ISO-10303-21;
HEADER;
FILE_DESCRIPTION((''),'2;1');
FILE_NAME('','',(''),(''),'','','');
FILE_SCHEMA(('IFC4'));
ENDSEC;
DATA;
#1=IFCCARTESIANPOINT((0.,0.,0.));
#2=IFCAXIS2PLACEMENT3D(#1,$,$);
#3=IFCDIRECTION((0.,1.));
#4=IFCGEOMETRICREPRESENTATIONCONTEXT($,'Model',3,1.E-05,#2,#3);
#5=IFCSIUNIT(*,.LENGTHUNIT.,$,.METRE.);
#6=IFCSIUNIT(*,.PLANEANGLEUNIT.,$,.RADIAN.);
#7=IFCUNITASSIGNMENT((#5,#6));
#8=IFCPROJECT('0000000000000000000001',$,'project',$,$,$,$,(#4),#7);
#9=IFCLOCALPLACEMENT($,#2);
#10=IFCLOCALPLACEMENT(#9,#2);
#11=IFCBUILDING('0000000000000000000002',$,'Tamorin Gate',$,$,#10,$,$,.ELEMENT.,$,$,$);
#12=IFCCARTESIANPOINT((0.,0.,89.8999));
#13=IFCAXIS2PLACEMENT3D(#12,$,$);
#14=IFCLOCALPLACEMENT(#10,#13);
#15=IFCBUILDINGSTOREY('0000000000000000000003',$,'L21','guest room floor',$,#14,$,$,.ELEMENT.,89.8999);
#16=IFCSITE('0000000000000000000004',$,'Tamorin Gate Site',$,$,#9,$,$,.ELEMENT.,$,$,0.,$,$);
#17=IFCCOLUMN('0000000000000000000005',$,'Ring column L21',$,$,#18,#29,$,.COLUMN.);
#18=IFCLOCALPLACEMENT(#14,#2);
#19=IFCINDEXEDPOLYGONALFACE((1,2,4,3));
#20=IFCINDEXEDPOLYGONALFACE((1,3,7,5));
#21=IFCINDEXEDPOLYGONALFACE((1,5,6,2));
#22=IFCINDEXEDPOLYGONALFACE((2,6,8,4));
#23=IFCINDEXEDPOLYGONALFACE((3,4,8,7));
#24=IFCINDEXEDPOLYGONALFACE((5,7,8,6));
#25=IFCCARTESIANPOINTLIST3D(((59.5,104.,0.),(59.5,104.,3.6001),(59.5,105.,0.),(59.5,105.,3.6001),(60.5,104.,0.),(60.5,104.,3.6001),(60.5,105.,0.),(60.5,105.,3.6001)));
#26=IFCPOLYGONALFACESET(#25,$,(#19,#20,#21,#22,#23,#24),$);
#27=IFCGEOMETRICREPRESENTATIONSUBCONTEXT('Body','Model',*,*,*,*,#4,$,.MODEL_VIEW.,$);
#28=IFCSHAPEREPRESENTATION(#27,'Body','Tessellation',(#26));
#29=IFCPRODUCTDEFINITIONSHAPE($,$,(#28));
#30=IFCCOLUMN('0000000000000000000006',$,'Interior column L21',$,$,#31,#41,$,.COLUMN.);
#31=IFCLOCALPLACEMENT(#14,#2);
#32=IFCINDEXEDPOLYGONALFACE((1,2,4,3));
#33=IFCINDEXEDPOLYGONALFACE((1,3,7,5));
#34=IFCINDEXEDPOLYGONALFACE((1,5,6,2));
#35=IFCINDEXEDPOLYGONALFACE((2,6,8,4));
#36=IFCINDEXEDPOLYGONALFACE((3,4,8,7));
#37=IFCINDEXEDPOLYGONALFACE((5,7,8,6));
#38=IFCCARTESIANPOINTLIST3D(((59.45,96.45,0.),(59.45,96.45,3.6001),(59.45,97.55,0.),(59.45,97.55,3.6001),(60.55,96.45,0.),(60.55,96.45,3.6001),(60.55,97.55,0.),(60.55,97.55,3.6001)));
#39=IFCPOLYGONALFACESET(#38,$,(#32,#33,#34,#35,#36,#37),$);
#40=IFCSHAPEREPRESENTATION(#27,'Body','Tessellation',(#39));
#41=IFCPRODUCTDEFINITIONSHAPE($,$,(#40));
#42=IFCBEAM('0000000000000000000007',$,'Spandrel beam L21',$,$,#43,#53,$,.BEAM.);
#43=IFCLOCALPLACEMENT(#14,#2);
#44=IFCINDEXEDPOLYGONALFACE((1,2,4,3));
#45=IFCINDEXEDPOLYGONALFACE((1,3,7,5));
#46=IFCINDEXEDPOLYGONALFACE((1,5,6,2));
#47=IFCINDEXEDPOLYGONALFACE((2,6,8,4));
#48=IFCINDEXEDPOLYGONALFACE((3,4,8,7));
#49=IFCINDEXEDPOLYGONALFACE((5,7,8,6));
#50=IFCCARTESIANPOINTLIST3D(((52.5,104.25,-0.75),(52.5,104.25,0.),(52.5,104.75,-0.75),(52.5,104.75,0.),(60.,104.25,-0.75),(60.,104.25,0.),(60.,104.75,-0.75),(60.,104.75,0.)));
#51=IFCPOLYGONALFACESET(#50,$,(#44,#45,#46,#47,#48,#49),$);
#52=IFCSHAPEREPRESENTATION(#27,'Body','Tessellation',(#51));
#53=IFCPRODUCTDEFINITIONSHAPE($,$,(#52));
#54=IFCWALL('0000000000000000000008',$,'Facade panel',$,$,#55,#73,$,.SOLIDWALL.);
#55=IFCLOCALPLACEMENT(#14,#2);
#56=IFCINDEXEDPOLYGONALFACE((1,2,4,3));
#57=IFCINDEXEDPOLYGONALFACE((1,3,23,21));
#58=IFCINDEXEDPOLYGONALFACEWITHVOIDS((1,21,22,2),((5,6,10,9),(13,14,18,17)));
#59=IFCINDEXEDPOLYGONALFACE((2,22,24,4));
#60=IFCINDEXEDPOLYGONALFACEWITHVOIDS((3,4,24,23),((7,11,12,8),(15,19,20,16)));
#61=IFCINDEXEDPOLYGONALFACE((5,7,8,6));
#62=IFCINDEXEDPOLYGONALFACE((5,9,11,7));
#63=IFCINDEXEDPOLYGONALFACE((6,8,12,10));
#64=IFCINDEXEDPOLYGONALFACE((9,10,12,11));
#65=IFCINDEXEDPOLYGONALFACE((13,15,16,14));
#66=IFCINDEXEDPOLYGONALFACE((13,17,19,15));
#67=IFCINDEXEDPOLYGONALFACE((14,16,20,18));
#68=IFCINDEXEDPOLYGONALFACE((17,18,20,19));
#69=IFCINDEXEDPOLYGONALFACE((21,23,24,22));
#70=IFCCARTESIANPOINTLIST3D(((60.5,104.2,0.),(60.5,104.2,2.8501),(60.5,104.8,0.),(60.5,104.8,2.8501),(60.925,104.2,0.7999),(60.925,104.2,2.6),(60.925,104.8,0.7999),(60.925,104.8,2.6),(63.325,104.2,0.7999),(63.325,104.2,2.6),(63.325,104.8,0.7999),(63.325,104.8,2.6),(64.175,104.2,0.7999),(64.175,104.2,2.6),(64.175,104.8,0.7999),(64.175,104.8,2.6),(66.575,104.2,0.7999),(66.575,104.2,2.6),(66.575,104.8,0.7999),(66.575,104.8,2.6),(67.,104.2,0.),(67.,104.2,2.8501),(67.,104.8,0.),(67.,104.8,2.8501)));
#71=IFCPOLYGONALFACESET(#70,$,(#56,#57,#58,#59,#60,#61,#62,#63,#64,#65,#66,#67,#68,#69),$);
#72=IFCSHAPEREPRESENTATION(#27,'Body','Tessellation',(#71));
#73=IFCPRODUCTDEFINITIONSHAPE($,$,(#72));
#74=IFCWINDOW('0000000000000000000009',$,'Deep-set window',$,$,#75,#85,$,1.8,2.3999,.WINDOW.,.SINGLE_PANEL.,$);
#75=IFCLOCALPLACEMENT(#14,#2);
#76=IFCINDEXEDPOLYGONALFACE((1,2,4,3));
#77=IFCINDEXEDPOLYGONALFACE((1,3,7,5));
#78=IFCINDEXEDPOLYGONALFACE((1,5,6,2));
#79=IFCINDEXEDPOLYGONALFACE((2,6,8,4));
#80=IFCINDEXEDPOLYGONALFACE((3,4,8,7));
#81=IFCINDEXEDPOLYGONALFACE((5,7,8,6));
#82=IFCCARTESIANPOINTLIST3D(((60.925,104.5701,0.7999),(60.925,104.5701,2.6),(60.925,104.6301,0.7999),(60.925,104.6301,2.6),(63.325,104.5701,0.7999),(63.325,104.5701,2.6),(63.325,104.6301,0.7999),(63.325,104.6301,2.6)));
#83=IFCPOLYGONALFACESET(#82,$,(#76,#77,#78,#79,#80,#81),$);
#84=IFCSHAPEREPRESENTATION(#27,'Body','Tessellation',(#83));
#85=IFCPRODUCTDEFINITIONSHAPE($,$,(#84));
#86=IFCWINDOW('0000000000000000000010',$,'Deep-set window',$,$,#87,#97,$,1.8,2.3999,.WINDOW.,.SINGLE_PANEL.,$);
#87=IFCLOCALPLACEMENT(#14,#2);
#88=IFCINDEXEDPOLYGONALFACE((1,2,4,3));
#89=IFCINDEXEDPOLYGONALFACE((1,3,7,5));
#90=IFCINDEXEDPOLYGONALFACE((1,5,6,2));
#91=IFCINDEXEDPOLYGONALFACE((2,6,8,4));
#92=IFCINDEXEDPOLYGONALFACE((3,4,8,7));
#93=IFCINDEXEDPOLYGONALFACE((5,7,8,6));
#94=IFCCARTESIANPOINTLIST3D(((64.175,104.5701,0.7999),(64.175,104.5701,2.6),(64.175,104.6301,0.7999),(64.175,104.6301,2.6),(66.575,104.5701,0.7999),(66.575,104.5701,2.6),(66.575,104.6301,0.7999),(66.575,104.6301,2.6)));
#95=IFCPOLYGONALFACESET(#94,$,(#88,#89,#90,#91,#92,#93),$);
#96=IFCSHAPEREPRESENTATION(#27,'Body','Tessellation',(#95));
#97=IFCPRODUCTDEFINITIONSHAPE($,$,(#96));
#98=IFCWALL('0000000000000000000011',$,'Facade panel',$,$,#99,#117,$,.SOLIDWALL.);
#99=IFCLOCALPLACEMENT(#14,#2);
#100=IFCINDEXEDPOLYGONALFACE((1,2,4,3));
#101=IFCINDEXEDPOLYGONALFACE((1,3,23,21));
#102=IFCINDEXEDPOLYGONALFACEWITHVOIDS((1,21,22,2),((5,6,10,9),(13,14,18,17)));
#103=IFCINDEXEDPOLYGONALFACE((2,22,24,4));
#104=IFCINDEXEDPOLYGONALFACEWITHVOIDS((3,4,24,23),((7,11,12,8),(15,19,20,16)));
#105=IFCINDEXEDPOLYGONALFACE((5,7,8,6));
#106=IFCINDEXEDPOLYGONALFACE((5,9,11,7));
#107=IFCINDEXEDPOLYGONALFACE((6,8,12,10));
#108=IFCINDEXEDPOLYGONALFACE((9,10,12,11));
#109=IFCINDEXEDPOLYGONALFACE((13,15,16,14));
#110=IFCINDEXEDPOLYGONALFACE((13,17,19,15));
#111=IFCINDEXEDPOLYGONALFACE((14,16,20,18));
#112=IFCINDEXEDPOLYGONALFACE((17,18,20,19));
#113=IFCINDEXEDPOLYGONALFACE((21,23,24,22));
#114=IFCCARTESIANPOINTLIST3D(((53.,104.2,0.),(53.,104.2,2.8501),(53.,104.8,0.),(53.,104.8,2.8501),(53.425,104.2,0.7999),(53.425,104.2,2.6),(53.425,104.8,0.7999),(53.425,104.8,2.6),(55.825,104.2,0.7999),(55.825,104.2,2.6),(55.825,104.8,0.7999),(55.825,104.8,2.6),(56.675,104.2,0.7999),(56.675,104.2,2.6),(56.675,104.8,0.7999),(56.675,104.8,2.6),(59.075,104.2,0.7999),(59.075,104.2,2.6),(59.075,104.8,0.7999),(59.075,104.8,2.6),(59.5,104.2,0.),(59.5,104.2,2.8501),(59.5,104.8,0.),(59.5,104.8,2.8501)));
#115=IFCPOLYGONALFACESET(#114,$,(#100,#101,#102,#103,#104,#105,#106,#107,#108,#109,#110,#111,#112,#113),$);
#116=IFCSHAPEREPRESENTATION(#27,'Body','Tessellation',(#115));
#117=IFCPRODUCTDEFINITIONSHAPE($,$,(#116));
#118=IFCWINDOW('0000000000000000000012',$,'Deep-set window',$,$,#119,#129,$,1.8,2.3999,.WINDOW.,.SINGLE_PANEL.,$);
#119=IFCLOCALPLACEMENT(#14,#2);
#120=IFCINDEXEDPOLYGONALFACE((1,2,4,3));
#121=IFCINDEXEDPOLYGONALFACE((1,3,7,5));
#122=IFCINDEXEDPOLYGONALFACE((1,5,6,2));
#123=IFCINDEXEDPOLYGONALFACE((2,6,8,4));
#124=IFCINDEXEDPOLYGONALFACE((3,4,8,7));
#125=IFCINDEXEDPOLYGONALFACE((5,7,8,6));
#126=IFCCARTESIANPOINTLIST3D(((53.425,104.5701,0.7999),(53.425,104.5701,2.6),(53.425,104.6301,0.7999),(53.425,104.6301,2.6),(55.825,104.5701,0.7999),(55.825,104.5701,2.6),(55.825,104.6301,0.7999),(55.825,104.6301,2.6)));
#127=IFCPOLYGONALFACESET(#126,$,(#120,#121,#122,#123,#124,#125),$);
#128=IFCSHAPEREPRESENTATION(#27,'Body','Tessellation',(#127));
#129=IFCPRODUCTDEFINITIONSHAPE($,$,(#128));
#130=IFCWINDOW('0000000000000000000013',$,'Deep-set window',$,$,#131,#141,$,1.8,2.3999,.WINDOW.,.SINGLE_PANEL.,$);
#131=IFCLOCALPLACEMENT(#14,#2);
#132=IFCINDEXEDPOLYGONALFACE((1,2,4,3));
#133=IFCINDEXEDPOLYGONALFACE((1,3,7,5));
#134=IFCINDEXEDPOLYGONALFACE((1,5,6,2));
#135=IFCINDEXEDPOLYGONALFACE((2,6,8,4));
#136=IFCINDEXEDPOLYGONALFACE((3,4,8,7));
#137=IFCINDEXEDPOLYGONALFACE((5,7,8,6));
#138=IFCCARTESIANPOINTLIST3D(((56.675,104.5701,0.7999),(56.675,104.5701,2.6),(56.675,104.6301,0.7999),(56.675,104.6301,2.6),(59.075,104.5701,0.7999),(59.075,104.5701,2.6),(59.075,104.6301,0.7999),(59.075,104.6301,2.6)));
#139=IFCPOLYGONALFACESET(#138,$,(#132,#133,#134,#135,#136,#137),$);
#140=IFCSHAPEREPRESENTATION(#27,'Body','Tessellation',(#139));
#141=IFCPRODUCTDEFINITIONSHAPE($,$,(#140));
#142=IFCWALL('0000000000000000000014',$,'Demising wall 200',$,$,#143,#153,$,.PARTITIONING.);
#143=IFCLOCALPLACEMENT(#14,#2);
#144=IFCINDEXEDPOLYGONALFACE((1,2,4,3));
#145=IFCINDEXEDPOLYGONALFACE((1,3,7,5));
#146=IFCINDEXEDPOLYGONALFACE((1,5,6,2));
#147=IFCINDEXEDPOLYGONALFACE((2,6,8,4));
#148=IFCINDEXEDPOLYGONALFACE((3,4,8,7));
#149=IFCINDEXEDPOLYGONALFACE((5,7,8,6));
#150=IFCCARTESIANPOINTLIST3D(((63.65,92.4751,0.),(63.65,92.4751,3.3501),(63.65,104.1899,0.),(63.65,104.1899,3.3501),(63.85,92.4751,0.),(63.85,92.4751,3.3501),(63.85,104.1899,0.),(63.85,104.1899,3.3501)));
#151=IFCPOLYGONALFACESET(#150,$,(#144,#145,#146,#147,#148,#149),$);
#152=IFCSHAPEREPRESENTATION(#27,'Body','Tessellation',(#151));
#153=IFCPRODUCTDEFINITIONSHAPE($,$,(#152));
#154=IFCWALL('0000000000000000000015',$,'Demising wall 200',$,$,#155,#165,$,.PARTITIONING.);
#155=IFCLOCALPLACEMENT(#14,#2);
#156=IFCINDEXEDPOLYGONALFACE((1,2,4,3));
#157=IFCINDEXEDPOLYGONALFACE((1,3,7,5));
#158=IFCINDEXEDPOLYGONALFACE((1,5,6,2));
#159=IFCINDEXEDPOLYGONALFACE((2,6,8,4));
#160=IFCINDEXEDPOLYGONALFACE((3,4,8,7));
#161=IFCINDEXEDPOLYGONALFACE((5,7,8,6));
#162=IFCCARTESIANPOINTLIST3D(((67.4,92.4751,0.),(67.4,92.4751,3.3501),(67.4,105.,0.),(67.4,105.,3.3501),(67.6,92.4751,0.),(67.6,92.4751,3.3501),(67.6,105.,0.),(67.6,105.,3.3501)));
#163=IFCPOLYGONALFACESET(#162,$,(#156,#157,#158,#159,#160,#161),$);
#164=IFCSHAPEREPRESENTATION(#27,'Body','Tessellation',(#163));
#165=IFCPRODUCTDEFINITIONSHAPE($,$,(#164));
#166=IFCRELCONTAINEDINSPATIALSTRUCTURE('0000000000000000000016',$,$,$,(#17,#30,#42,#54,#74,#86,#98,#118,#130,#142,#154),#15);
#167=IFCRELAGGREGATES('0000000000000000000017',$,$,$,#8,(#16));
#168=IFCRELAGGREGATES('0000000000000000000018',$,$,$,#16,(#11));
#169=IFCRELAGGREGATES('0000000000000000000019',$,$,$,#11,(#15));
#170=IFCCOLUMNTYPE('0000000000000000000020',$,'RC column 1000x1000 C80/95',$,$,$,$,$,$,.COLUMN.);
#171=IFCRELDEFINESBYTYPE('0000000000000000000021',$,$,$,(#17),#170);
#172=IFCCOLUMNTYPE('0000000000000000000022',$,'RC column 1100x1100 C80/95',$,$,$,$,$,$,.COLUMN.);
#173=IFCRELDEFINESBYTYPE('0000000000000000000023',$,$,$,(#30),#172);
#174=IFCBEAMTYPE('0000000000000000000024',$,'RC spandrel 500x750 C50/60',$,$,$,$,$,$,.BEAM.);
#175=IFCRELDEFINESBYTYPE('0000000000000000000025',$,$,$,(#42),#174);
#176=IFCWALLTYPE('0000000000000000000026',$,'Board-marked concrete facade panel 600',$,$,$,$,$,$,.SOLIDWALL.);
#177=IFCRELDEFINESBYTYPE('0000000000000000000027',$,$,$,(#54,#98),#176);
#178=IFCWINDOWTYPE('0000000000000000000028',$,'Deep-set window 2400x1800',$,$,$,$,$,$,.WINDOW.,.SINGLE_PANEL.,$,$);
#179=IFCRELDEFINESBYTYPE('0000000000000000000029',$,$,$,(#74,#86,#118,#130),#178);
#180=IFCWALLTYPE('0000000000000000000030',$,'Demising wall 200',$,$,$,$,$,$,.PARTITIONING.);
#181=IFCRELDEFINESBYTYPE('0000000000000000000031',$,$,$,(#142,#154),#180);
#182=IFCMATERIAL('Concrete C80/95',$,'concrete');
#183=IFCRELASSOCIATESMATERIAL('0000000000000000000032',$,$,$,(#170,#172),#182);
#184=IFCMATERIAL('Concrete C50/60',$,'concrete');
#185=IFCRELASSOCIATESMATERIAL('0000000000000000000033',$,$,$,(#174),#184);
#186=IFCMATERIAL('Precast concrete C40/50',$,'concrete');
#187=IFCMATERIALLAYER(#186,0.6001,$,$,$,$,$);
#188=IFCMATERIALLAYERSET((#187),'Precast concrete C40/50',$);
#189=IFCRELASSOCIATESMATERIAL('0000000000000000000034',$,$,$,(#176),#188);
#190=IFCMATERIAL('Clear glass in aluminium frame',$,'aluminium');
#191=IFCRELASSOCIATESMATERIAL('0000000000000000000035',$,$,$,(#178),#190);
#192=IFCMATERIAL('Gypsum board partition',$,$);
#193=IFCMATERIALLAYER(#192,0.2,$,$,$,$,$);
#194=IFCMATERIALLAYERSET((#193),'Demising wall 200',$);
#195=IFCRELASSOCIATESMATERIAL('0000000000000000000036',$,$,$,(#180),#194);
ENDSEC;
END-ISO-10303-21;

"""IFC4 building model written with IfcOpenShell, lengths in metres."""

from ifc_helpers import new_model, si_unit, direction, frame, frame_2d, origin, origin_2d, place, context, subcontext, project, spatial, rectangle, extrude, material, layer, layer_set, material_profile, profile_set, type_object, element, fill, save


model = new_model("IFC4")

# Units and contexts
model_context = context("Model", 3, precision=1e-05, world=origin(), true_north=direction((0.0, 1.0)))
body_context = subcontext(model_context, "Body", "Model", "MODEL_VIEW")
ifc_project = project(units=[si_unit("LENGTHUNIT", "METRE"), si_unit("PLANEANGLEUNIT", "RADIAN")], contexts=[model_context])

# Site, building, storey
site_placement = place(None, origin())
site = spatial("IfcSite", under=ifc_project, at=site_placement, Name="Tamorin Gate Site", CompositionType="ELEMENT", RefElevation=0.0)
building_placement = place(site_placement, origin())
building = spatial("IfcBuilding", under=site, at=building_placement, Name="Tamorin Gate", CompositionType="ELEMENT")
storey_placement = place(building_placement, frame((0.0, 0.0, 89.8999)))
storey = spatial("IfcBuildingStorey", under=building, at=storey_placement, Name="L21", Description="guest room floor", CompositionType="ELEMENT", Elevation=89.8999)

# Columns
ifc_material_1 = material(Name="Concrete C80/95", Category="concrete")
ifc_material_profile_1 = material_profile(ifc_material_1, rectangle(XDim=1.0, YDim=1.0, at=origin_2d()), Name="RC 1000x1000")
ifc_profile_set_1 = profile_set([ifc_material_profile_1], Name="Concrete C80/95")
column_type_1 = type_object("IfcColumnType", Name="RC column 1000x1000 C80/95", PredefinedType="COLUMN", material=ifc_profile_set_1)
column_1_placement = place(storey_placement, frame((60.0, 104.5, 0.0), z_axis=(0.0, 0.0, 1.0), x_axis=(1.0, 0.0, 0.0)))
element("IfcColumn", 1, at=column_1_placement, inside=storey, type_object=column_type_1, Name="Ring column L21", PredefinedType="COLUMN", context=body_context, shape_type="SweptSolid", body=[
    extrude(rectangle(XDim=1.0, YDim=1.0, at=origin_2d()), origin(), (0.0, 0.0, 1.0), 3.6001),
])
ifc_material_profile_2 = material_profile(ifc_material_1, rectangle(XDim=1.1001, YDim=1.1001, at=origin_2d()), Name="RC 1100x1100")
ifc_profile_set_2 = profile_set([ifc_material_profile_2], Name="Concrete C80/95")
column_type_2 = type_object("IfcColumnType", Name="RC column 1100x1100 C80/95", PredefinedType="COLUMN", material=ifc_profile_set_2)
column_2_placement = place(storey_placement, frame((60.0, 97.0, 0.0), z_axis=(0.0, 0.0, 1.0), x_axis=(1.0, 0.0, 0.0)))
element("IfcColumn", 2, at=column_2_placement, inside=storey, type_object=column_type_2, Name="Interior column L21", PredefinedType="COLUMN", context=body_context, shape_type="SweptSolid", body=[
    extrude(rectangle(XDim=1.1001, YDim=1.1001, at=origin_2d()), origin(), (0.0, 0.0, 1.0), 3.6001),
])

# Beam
ifc_material_2 = material(Name="Concrete C50/60", Category="concrete")
ifc_material_profile_3 = material_profile(ifc_material_2, rectangle(XDim=0.5, YDim=0.75, at=origin_2d()), Name="RC 500x750")
ifc_profile_set_3 = profile_set([ifc_material_profile_3], Name="Concrete C50/60")
beam_type = type_object("IfcBeamType", Name="RC spandrel 500x750 C50/60", PredefinedType="BEAM", material=ifc_profile_set_3)
beam_placement = place(storey_placement, frame((60.0, 104.5, -0.375), z_axis=(-1.0, 0.0, 0.0), x_axis=(0.0, -1.0, 0.0)))
element("IfcBeam", 3, at=beam_placement, inside=storey, type_object=beam_type, Name="Spandrel beam L21", PredefinedType="BEAM", context=body_context, shape_type="SweptSolid", body=[
    extrude(rectangle(XDim=0.5, YDim=0.75, at=origin_2d()), origin(), (0.0, 0.0, 1.0), 7.5),
])

# Walls, openings, windows
ifc_material_3 = material(Name="Precast concrete C40/50", Category="concrete")
ifc_layer_1 = layer(ifc_material_3, 0.6001)
ifc_layer_set_1 = layer_set([ifc_layer_1], Name="Precast concrete C40/50")
wall_type_1 = type_object("IfcWallType", Name="Board-marked concrete facade panel 600", PredefinedType="SOLIDWALL", material=ifc_layer_set_1)
wall_1_placement = place(storey_placement, frame((67.0, 104.5, 0.0), z_axis=(0.0, 0.0, 1.0), x_axis=(-1.0, 0.0, 0.0)))
wall_1 = element("IfcWall", 4, at=wall_1_placement, inside=storey, type_object=wall_type_1, Name="Facade panel", PredefinedType="SOLIDWALL", context=body_context, shape_type="SweptSolid", body=[
    extrude(rectangle(XDim=6.5, YDim=0.6001, at=frame_2d((3.25, 0.0))), origin(), (0.0, 0.0, 1.0), 2.8501),
])
opening_1_placement = place(wall_1_placement, frame((3.675, 0.0, 0.8)))
opening_1 = element("IfcOpeningElement", 5, at=opening_1_placement, cuts=wall_1, PredefinedType="OPENING", context=body_context, shape_type="SweptSolid", body=[
    extrude(rectangle(XDim=2.3999, YDim=1.8, at=frame_2d((1.2, 0.8999))), frame((0.0, 0.3101, 0.0), z_axis=(0.0, -1.0, 0.0), x_axis=(1.0, 0.0, 0.0)), (0.0, 0.0, 1.0), 0.6201),
])
opening_2_placement = place(wall_1_placement, frame((0.425, 0.0, 0.8)))
opening_2 = element("IfcOpeningElement", 6, at=opening_2_placement, cuts=wall_1, PredefinedType="OPENING", context=body_context, shape_type="SweptSolid", body=[
    extrude(rectangle(XDim=2.3999, YDim=1.8, at=frame_2d((1.2, 0.8999))), frame((0.0, 0.3101, 0.0), z_axis=(0.0, -1.0, 0.0), x_axis=(1.0, 0.0, 0.0)), (0.0, 0.0, 1.0), 0.6201),
])
ifc_material_4 = material(Name="Clear glass in aluminium frame", Category="aluminium")
window_type = type_object("IfcWindowType", Name="Deep-set window 2400x1800", PartitioningType="SINGLE_PANEL", PredefinedType="WINDOW", material=ifc_material_4)
window_1_placement = place(opening_1_placement, origin())
window_1 = element("IfcWindow", 7, at=window_1_placement, inside=storey, type_object=window_type, Name="Deep-set window", OverallHeight=1.8, OverallWidth=2.3999, PartitioningType="SINGLE_PANEL", PredefinedType="WINDOW", context=body_context, shape_type="SweptSolid", body=[
    extrude(rectangle(XDim=2.3999, YDim=1.8, at=frame_2d((1.2, 0.8999))), frame((0.0, -0.0701, 0.0), z_axis=(0.0, -1.0, 0.0), x_axis=(1.0, 0.0, 0.0)), (0.0, 0.0, 1.0), 0.0601),
])
fill(opening_1, window_1)
window_2_placement = place(opening_2_placement, origin())
window_2 = element("IfcWindow", 8, at=window_2_placement, inside=storey, type_object=window_type, Name="Deep-set window", OverallHeight=1.8, OverallWidth=2.3999, PartitioningType="SINGLE_PANEL", PredefinedType="WINDOW", context=body_context, shape_type="SweptSolid", body=[
    extrude(rectangle(XDim=2.3999, YDim=1.8, at=frame_2d((1.2, 0.8999))), frame((0.0, -0.0701, 0.0), z_axis=(0.0, -1.0, 0.0), x_axis=(1.0, 0.0, 0.0)), (0.0, 0.0, 1.0), 0.0601),
])
fill(opening_2, window_2)
wall_2_placement = place(storey_placement, frame((59.5, 104.5, 0.0), z_axis=(0.0, 0.0, 1.0), x_axis=(-1.0, 0.0, 0.0)))
wall_2 = element("IfcWall", 9, at=wall_2_placement, inside=storey, type_object=wall_type_1, Name="Facade panel", PredefinedType="SOLIDWALL", context=body_context, shape_type="SweptSolid", body=[
    extrude(rectangle(XDim=6.5, YDim=0.6001, at=frame_2d((3.25, 0.0))), origin(), (0.0, 0.0, 1.0), 2.8501),
])
opening_3_placement = place(wall_2_placement, frame((3.675, 0.0, 0.8)))
opening_3 = element("IfcOpeningElement", 10, at=opening_3_placement, cuts=wall_2, PredefinedType="OPENING", context=body_context, shape_type="SweptSolid", body=[
    extrude(rectangle(XDim=2.3999, YDim=1.8, at=frame_2d((1.2, 0.8999))), frame((0.0, 0.3101, 0.0), z_axis=(0.0, -1.0, 0.0), x_axis=(1.0, 0.0, 0.0)), (0.0, 0.0, 1.0), 0.6201),
])
opening_4_placement = place(wall_2_placement, frame((0.425, 0.0, 0.8)))
opening_4 = element("IfcOpeningElement", 11, at=opening_4_placement, cuts=wall_2, PredefinedType="OPENING", context=body_context, shape_type="SweptSolid", body=[
    extrude(rectangle(XDim=2.3999, YDim=1.8, at=frame_2d((1.2, 0.8999))), frame((0.0, 0.3101, 0.0), z_axis=(0.0, -1.0, 0.0), x_axis=(1.0, 0.0, 0.0)), (0.0, 0.0, 1.0), 0.6201),
])
window_3_placement = place(opening_3_placement, origin())
window_3 = element("IfcWindow", 12, at=window_3_placement, inside=storey, type_object=window_type, Name="Deep-set window", OverallHeight=1.8, OverallWidth=2.3999, PartitioningType="SINGLE_PANEL", PredefinedType="WINDOW", context=body_context, shape_type="SweptSolid", body=[
    extrude(rectangle(XDim=2.3999, YDim=1.8, at=frame_2d((1.2, 0.8999))), frame((0.0, -0.0701, 0.0), z_axis=(0.0, -1.0, 0.0), x_axis=(1.0, 0.0, 0.0)), (0.0, 0.0, 1.0), 0.0601),
])
fill(opening_3, window_3)
window_4_placement = place(opening_4_placement, origin())
window_4 = element("IfcWindow", 13, at=window_4_placement, inside=storey, type_object=window_type, Name="Deep-set window", OverallHeight=1.8, OverallWidth=2.3999, PartitioningType="SINGLE_PANEL", PredefinedType="WINDOW", context=body_context, shape_type="SweptSolid", body=[
    extrude(rectangle(XDim=2.3999, YDim=1.8, at=frame_2d((1.2, 0.8999))), frame((0.0, -0.0701, 0.0), z_axis=(0.0, -1.0, 0.0), x_axis=(1.0, 0.0, 0.0)), (0.0, 0.0, 1.0), 0.0601),
])
fill(opening_4, window_4)

# Walls
ifc_material_5 = material(Name="Gypsum board partition")
ifc_layer_2 = layer(ifc_material_5, 0.2)
ifc_layer_set_2 = layer_set([ifc_layer_2], Name="Demising wall 200")
wall_type_2 = type_object("IfcWallType", Name="Demising wall 200", PredefinedType="PARTITIONING", material=ifc_layer_set_2)
wall_3_placement = place(storey_placement, frame((63.75, 92.4751, 0.0), z_axis=(0.0, 0.0, 1.0), x_axis=(0.0, 1.0, 0.0)))
element("IfcWall", 14, at=wall_3_placement, inside=storey, type_object=wall_type_2, Name="Demising wall 200", PredefinedType="PARTITIONING", context=body_context, shape_type="SweptSolid", body=[
    extrude(rectangle(XDim=11.7148, YDim=0.2, at=frame_2d((5.8574, 0.0))), origin(), (0.0, 0.0, 1.0), 3.3501),
])
wall_4_placement = place(storey_placement, frame((67.5, 92.4751, 0.0), z_axis=(0.0, 0.0, 1.0), x_axis=(0.0, 1.0, 0.0)))
element("IfcWall", 15, at=wall_4_placement, inside=storey, type_object=wall_type_2, Name="Demising wall 200", PredefinedType="PARTITIONING", context=body_context, shape_type="SweptSolid", body=[
    extrude(rectangle(XDim=12.5249, YDim=0.2, at=frame_2d((6.2625, 0.0))), origin(), (0.0, 0.0, 1.0), 3.3501),
])

save(model, "model.ifc")
